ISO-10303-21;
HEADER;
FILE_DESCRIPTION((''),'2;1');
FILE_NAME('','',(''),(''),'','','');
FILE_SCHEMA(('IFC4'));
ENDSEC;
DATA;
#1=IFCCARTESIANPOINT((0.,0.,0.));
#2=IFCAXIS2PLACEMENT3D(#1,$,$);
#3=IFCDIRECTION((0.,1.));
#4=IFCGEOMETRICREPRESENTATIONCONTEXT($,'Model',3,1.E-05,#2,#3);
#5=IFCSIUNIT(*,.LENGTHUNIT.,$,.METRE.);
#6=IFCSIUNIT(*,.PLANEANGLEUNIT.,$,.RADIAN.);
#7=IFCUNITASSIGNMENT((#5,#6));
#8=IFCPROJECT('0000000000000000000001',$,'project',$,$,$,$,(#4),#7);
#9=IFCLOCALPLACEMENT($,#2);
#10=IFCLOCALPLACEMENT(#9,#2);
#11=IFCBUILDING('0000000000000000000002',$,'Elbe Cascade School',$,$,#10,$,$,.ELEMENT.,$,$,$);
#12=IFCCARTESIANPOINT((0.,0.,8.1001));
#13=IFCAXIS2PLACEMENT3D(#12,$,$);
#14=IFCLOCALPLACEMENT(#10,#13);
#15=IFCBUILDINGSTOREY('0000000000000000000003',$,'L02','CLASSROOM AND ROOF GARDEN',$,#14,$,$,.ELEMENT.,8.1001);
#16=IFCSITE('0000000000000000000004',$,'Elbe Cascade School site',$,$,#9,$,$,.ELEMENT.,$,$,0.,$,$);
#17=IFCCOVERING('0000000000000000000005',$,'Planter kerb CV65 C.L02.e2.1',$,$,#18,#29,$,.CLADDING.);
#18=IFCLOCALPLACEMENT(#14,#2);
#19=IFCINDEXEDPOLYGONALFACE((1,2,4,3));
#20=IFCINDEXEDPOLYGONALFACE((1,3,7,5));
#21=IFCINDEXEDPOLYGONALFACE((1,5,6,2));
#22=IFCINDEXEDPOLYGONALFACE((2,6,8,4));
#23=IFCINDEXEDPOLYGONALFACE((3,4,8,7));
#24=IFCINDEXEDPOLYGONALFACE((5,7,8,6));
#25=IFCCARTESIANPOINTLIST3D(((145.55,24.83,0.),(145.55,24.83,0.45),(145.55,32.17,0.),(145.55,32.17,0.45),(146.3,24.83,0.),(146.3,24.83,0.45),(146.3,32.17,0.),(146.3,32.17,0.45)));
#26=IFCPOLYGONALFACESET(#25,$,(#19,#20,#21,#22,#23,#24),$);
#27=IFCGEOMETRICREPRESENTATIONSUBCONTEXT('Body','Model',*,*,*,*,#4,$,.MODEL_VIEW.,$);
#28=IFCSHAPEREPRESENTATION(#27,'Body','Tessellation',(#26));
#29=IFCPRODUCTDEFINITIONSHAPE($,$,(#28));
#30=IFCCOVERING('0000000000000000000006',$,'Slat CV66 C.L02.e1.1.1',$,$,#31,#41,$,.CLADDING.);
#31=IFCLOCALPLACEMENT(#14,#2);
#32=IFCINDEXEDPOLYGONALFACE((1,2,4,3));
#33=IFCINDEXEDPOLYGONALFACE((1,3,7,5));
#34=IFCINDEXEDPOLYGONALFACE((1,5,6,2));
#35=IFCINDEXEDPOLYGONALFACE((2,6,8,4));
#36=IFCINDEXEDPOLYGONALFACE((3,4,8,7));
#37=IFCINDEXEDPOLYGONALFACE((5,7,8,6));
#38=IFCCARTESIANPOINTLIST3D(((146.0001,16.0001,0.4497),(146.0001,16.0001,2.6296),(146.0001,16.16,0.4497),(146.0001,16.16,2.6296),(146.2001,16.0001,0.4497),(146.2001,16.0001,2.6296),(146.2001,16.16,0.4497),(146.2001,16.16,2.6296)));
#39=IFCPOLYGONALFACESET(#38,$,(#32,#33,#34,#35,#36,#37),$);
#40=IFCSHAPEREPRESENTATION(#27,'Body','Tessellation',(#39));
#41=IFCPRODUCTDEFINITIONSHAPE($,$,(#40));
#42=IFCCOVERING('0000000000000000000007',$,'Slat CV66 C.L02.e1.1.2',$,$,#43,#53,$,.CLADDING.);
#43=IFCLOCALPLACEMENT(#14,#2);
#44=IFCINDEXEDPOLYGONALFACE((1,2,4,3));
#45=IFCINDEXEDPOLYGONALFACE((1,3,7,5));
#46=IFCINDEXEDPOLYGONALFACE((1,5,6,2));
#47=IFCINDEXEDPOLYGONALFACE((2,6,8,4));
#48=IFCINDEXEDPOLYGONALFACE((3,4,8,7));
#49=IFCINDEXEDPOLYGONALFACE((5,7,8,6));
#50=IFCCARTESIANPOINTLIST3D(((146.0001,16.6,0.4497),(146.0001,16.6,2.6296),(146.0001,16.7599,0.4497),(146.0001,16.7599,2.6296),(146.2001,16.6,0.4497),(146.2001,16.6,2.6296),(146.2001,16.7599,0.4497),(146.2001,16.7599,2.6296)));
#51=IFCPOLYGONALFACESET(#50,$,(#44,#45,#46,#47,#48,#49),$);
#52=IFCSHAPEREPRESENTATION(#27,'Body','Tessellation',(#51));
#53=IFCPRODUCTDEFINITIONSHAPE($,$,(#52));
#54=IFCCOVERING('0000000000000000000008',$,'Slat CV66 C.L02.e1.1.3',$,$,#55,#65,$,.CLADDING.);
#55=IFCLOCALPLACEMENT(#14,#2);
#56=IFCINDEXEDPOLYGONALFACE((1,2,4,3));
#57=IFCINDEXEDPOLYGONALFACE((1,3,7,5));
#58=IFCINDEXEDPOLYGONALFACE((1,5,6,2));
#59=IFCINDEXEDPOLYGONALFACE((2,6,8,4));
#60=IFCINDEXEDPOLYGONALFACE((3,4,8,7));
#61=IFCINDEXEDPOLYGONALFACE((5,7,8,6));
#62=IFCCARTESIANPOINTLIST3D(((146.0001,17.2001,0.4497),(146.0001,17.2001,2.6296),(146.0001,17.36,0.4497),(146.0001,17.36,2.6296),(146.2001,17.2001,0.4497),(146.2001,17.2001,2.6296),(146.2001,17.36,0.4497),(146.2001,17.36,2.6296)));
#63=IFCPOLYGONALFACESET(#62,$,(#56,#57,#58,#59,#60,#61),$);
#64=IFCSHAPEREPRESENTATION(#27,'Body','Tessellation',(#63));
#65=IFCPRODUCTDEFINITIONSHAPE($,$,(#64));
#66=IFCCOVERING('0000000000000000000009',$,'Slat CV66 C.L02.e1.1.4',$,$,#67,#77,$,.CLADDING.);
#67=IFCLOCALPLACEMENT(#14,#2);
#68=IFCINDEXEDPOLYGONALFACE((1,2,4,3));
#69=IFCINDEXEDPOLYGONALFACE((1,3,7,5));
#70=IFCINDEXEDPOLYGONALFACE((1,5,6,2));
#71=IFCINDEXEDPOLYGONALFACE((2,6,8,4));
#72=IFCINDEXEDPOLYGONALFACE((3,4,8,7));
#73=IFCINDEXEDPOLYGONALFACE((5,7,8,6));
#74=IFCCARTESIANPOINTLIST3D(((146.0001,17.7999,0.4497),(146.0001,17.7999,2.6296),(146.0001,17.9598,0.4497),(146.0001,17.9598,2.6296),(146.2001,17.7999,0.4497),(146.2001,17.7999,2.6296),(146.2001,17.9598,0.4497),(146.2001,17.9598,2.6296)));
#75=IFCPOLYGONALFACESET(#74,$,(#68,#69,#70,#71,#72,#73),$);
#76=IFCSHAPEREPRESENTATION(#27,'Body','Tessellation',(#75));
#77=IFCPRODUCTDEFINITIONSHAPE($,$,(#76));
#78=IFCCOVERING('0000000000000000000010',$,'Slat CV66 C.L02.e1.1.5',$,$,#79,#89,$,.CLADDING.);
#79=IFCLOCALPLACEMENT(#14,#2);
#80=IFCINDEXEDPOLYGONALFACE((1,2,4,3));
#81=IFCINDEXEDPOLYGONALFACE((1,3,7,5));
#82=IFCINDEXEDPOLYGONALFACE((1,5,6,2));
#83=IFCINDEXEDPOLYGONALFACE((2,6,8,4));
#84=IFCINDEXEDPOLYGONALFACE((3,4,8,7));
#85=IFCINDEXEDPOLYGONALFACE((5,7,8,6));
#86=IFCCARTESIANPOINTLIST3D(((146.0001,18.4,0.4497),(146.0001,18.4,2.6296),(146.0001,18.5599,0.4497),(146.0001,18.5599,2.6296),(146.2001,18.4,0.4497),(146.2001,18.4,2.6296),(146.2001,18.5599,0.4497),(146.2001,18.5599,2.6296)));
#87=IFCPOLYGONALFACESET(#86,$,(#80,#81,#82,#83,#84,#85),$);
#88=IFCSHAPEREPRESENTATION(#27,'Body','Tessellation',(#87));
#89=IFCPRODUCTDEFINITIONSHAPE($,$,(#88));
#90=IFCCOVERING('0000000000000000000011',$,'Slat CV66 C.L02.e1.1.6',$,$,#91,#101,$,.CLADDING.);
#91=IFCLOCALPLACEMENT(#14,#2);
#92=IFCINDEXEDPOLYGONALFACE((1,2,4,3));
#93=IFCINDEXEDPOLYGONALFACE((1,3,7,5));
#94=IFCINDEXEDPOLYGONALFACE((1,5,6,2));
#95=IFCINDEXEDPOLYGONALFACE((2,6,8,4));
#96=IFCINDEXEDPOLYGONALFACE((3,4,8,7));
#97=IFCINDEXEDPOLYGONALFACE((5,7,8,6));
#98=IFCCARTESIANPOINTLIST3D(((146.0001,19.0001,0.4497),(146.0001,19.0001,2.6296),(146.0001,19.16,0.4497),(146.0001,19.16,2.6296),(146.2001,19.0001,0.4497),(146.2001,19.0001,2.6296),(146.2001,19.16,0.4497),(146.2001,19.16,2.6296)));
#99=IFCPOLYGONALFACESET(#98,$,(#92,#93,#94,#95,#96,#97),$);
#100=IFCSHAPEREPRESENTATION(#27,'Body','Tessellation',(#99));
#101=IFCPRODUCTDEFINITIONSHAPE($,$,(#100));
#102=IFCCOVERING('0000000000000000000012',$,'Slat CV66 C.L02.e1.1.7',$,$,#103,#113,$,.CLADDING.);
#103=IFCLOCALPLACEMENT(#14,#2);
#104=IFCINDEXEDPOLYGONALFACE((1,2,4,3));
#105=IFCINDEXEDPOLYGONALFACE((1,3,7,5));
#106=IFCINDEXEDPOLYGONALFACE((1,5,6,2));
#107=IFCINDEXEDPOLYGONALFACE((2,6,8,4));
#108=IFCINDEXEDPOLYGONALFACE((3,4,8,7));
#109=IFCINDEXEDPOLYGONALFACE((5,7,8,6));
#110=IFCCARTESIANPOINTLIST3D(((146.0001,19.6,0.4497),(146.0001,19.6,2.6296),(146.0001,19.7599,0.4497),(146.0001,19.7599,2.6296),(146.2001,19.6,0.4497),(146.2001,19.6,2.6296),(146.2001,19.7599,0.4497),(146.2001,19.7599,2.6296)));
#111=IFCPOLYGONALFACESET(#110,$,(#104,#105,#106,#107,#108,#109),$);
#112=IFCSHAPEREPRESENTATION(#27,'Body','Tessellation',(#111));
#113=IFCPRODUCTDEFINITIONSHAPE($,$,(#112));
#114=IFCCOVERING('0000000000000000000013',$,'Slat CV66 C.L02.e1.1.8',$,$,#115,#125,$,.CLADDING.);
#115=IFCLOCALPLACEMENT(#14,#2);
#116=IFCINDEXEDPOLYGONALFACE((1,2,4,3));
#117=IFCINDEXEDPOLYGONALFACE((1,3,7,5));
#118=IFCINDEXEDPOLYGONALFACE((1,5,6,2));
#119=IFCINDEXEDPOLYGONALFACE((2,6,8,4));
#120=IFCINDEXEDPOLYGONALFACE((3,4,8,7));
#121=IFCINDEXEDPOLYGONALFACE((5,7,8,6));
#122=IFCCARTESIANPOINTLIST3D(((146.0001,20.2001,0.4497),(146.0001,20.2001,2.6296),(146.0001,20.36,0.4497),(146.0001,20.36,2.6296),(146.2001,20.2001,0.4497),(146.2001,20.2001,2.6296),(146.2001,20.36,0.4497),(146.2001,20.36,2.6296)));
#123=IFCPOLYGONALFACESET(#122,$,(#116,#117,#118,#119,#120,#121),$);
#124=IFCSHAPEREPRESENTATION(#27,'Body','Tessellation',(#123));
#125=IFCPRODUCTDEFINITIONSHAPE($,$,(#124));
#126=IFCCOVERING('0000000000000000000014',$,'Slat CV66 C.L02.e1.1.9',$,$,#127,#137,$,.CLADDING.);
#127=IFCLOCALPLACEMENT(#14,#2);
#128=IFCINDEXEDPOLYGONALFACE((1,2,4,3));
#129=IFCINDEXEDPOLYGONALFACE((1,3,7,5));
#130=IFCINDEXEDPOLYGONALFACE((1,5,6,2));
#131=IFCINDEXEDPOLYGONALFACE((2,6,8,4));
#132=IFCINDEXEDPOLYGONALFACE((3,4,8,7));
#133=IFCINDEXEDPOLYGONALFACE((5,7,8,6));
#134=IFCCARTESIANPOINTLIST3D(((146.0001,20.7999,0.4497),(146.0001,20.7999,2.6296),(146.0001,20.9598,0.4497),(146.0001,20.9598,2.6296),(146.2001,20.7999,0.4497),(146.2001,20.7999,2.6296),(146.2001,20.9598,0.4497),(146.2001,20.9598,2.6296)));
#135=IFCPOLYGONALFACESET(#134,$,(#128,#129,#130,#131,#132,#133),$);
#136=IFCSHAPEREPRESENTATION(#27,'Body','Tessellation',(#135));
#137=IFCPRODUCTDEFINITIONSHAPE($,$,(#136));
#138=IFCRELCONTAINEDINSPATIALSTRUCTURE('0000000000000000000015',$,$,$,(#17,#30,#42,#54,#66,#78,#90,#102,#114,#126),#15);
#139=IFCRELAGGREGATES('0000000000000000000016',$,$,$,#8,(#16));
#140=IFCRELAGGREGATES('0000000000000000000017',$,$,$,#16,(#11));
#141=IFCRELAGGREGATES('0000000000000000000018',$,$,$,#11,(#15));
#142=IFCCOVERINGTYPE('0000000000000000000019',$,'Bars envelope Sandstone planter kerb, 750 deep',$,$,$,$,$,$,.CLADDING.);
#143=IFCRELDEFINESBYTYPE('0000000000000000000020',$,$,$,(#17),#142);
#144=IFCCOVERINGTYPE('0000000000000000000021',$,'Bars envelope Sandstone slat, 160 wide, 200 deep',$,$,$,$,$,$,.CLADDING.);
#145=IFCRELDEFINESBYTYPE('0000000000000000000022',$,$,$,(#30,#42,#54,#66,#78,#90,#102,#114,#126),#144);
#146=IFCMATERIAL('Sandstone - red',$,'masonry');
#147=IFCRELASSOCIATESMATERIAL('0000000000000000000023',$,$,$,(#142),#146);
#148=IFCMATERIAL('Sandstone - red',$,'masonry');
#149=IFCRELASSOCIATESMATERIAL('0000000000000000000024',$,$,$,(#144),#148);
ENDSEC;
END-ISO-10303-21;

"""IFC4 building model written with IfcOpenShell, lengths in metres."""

from ifc_helpers import new_model, si_unit, direction, frame, origin, origin_2d, place, context, subcontext, project, spatial, rectangle, extrude, material, type_object, element, save


model = new_model("IFC4")

# Units and contexts
model_context = context("Model", 3, precision=1e-05, world=origin(), true_north=direction((0.0, 1.0)))
body_context = subcontext(model_context, "Body", "Model", "MODEL_VIEW")
ifc_project = project(units=[si_unit("LENGTHUNIT", "METRE"), si_unit("PLANEANGLEUNIT", "RADIAN")], contexts=[model_context])

# Site, building, storey
site_placement = place(None, origin())
site = spatial("IfcSite", under=ifc_project, at=site_placement, Name="Elbe Cascade School site", CompositionType="ELEMENT", RefElevation=0.0)
building_placement = place(site_placement, origin())
building = spatial("IfcBuilding", under=site, at=building_placement, Name="Elbe Cascade School", CompositionType="ELEMENT")
storey_placement = place(building_placement, frame((0.0, 0.0, 8.1001)))
storey = spatial("IfcBuildingStorey", under=building, at=storey_placement, Name="L02", Description="CLASSROOM AND ROOF GARDEN", CompositionType="ELEMENT", Elevation=8.1001)

# Coverings
ifc_material_1 = material(Name="Sandstone - red", Category="masonry")
covering_type_1 = type_object("IfcCoveringType", Name="Bars envelope Sandstone planter kerb, 750 deep", PredefinedType="CLADDING", material=ifc_material_1)
for number, where, z_axis, x_axis, name in (
    (1, (145.925, 28.5, 0.0), (0.0, 0.0, 1.0), (0.0, 1.0, 0.0), "Planter kerb CV65 C.L02.e2.1"),
):
    element("IfcCovering", number, at=place(storey_placement, frame(where, z_axis=z_axis, x_axis=x_axis)), inside=storey, type_object=covering_type_1, Name=name, PredefinedType="CLADDING", context=body_context, shape_type="SweptSolid", body=[
        extrude(rectangle(XDim=7.3401, YDim=0.75, at=origin_2d()), origin(), (0.0, 0.0, 1.0), 0.45),
    ])
ifc_material_2 = material(Name="Sandstone - red", Category="masonry")
covering_type_2 = type_object("IfcCoveringType", Name="Bars envelope Sandstone slat, 160 wide, 200 deep", PredefinedType="CLADDING", material=ifc_material_2)
for number, where, z_axis, x_axis, name in (
    (2, (146.1001, 16.0801, 0.4497), (0.0, 0.0, 1.0), (0.0, 1.0, 0.0), "Slat CV66 C.L02.e1.1.1"),
    (3, (146.1001, 16.6799, 0.4497), (0.0, 0.0, 1.0), (0.0, 1.0, 0.0), "Slat CV66 C.L02.e1.1.2"),
    (4, (146.1001, 17.28, 0.4497), (0.0, 0.0, 1.0), (0.0, 1.0, 0.0), "Slat CV66 C.L02.e1.1.3"),
    (5, (146.1001, 17.8799, 0.4497), (0.0, 0.0, 1.0), (0.0, 1.0, 0.0), "Slat CV66 C.L02.e1.1.4"),
    (6, (146.1001, 18.48, 0.4497), (0.0, 0.0, 1.0), (0.0, 1.0, 0.0), "Slat CV66 C.L02.e1.1.5"),
    (7, (146.1001, 19.0801, 0.4497), (0.0, 0.0, 1.0), (0.0, 1.0, 0.0), "Slat CV66 C.L02.e1.1.6"),
    (8, (146.1001, 19.6799, 0.4497), (0.0, 0.0, 1.0), (0.0, 1.0, 0.0), "Slat CV66 C.L02.e1.1.7"),
    (9, (146.1001, 20.28, 0.4497), (0.0, 0.0, 1.0), (0.0, 1.0, 0.0), "Slat CV66 C.L02.e1.1.8"),
    (10, (146.1001, 20.8799, 0.4497), (0.0, 0.0, 1.0), (0.0, 1.0, 0.0), "Slat CV66 C.L02.e1.1.9"),
):
    element("IfcCovering", number, at=place(storey_placement, frame(where, z_axis=z_axis, x_axis=x_axis)), inside=storey, type_object=covering_type_2, Name=name, PredefinedType="CLADDING", context=body_context, shape_type="SweptSolid", body=[
        extrude(rectangle(XDim=0.1599, YDim=0.2, at=origin_2d()), origin(), (0.0, 0.0, 1.0), 2.1799),
    ])

save(model, "model.ifc")
